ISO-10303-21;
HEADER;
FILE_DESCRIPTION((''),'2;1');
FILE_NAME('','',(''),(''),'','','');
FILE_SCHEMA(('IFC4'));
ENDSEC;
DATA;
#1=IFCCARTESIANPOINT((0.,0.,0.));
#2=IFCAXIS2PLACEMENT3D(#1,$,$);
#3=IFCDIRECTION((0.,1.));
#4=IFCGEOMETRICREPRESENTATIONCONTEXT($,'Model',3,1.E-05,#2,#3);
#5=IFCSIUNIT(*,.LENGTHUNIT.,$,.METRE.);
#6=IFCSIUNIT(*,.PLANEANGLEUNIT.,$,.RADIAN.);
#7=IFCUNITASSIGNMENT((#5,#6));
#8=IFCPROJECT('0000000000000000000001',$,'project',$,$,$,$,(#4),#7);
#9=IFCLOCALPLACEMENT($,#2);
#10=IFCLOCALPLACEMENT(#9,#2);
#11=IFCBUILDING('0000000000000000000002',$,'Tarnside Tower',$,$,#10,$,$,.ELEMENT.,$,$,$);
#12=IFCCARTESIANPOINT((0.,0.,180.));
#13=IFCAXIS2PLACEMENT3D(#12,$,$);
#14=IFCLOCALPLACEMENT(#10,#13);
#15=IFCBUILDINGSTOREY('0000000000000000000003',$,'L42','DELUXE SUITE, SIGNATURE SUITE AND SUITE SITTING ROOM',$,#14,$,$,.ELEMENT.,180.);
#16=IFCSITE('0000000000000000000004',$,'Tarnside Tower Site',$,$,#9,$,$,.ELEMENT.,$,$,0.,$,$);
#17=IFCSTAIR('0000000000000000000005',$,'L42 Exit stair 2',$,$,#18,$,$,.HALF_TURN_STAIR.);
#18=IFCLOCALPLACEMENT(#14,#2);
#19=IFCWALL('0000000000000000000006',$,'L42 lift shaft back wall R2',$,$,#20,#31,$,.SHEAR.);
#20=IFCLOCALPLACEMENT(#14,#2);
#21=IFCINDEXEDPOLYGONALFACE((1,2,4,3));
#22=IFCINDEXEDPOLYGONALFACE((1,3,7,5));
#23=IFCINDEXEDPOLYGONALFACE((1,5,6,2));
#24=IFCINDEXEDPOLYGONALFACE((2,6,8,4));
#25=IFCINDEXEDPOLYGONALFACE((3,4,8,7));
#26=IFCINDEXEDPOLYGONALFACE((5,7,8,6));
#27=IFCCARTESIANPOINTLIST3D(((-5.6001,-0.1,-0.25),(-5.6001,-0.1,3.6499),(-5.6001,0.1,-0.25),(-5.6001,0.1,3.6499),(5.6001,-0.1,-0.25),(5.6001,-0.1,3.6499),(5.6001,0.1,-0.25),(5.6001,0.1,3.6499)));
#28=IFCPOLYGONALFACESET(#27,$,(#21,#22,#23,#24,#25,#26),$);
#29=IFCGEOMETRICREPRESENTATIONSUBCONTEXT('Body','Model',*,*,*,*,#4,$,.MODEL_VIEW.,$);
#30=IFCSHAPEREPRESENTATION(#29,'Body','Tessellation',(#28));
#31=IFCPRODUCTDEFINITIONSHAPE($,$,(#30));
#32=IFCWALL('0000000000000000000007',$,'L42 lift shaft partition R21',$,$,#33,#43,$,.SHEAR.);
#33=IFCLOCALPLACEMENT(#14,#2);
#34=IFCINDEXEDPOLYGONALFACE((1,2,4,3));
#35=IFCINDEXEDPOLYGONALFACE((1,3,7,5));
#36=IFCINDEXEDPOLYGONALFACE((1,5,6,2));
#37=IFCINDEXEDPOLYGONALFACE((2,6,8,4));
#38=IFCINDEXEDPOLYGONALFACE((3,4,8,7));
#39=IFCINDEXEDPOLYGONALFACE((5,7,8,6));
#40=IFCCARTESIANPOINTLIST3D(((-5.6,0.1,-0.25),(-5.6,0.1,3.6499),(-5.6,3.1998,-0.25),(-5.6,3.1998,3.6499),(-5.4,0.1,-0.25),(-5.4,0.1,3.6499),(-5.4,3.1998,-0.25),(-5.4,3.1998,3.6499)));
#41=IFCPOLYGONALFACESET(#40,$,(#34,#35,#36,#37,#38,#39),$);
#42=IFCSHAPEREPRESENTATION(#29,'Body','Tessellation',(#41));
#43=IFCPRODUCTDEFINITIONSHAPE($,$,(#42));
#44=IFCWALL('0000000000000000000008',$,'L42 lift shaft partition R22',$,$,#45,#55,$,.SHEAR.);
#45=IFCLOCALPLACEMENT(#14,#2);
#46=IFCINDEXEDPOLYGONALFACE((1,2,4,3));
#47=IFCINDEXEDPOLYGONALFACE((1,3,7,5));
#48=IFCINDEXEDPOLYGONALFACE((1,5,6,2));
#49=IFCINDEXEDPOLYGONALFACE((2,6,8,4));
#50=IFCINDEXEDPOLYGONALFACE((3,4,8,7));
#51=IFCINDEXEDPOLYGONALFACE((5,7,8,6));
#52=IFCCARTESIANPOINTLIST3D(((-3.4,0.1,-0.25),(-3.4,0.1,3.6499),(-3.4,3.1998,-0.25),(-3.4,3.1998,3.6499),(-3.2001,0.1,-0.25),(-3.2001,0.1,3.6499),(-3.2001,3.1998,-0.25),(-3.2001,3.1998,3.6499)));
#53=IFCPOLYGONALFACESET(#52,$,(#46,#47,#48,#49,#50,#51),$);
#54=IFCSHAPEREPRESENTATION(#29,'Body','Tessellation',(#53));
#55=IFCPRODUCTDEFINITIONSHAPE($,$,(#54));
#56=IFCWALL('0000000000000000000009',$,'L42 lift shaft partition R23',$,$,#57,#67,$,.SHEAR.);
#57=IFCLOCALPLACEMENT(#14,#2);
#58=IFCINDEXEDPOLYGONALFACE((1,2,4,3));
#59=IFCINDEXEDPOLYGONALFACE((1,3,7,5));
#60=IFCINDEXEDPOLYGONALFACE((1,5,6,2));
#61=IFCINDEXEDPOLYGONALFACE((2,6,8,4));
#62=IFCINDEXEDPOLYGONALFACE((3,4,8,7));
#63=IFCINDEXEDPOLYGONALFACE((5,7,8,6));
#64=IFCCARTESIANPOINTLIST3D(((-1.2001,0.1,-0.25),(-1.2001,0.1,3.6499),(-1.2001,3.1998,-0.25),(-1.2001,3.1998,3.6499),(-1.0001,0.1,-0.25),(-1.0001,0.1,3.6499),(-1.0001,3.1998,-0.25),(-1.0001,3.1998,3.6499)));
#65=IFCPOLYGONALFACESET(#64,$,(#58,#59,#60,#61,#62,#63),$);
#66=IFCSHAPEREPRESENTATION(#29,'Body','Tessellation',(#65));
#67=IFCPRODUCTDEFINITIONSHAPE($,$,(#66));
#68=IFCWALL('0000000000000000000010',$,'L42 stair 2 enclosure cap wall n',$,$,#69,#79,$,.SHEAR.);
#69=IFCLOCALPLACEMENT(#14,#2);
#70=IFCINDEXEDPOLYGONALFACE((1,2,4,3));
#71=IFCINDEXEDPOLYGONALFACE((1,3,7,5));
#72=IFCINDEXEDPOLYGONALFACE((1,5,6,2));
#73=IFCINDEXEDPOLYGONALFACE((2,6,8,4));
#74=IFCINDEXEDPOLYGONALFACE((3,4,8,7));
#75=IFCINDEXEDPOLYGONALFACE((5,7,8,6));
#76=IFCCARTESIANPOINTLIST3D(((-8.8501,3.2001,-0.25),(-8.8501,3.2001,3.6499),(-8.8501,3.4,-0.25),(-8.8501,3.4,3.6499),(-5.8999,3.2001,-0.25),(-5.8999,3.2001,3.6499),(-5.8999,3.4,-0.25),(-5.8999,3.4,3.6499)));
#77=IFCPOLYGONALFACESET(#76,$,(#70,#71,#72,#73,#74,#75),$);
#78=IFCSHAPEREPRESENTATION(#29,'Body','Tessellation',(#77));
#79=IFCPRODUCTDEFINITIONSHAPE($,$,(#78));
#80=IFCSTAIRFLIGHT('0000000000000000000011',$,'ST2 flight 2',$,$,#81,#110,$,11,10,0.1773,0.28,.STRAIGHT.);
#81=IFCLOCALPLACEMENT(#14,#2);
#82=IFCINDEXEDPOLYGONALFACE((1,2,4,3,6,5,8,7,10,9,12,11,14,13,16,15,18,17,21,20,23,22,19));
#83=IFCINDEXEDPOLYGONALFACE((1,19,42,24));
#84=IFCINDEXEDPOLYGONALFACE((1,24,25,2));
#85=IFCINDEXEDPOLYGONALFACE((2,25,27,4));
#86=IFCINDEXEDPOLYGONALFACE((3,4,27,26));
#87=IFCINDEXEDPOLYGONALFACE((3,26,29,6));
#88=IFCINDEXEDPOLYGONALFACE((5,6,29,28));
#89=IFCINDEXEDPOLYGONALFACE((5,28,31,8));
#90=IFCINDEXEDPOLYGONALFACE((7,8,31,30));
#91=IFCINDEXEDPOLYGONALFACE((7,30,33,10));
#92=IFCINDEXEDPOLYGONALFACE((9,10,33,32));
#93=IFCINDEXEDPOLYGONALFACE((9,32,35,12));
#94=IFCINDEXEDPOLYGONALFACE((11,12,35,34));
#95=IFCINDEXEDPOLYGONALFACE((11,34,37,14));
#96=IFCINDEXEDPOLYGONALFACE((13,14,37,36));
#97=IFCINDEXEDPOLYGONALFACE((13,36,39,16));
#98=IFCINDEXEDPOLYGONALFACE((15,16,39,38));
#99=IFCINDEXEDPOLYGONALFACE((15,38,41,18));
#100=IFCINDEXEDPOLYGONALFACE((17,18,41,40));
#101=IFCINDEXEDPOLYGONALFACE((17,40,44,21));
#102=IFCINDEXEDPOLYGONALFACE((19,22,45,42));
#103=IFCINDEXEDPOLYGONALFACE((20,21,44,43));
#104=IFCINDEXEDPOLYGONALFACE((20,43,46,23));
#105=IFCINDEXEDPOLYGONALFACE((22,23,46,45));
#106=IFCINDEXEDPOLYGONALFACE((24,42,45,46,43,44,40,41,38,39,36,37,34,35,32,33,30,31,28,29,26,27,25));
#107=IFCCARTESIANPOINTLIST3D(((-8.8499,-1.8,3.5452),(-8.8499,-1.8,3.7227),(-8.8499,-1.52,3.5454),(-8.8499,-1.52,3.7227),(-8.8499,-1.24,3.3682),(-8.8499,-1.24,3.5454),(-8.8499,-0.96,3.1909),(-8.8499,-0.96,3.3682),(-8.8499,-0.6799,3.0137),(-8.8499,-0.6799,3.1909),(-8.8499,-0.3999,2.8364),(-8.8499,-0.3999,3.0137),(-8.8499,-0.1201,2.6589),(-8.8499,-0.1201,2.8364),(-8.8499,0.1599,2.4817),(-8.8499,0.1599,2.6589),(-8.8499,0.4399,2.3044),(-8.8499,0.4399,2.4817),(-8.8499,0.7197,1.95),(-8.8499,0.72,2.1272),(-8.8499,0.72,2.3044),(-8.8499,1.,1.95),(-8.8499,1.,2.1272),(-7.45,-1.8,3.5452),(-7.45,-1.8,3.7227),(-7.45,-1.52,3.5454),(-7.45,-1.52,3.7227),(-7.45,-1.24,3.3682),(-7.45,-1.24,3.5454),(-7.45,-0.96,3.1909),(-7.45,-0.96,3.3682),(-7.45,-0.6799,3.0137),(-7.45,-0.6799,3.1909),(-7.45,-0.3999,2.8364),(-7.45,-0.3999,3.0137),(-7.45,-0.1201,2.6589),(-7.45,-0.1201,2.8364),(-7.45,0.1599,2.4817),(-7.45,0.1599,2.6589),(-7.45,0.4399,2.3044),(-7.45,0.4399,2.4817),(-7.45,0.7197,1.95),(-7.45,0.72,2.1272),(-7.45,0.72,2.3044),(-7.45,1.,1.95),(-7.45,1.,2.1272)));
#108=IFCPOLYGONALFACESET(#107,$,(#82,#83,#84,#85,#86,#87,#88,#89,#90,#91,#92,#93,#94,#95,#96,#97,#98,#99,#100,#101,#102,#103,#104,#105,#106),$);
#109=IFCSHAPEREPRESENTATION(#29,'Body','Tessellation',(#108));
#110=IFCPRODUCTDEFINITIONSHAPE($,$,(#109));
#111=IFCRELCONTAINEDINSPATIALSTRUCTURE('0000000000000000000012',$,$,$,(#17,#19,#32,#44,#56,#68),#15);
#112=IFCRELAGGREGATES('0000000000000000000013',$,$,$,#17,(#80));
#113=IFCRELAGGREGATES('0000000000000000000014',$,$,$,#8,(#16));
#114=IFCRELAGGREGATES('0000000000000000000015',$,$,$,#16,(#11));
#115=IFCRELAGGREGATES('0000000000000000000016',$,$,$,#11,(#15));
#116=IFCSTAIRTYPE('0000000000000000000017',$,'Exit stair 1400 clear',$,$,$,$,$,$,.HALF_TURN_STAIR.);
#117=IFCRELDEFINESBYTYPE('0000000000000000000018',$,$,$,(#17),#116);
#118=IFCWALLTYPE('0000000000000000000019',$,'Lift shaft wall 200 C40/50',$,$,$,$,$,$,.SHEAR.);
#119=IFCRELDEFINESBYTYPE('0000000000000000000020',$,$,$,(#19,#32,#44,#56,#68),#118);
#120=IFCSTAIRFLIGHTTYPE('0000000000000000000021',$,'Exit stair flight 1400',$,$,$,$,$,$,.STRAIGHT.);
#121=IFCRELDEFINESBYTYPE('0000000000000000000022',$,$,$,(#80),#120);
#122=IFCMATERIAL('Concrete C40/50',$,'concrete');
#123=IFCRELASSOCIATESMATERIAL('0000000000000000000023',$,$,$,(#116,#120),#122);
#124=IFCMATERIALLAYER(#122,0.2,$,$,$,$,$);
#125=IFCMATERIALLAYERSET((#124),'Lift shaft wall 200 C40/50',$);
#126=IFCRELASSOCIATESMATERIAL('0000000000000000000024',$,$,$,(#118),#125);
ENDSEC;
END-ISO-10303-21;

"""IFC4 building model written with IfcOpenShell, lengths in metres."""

from ifc_helpers import new_model, si_unit, direction, frame, frame_2d, origin, place, context, subcontext, project, spatial, polyline, rectangle, outline, extrude, material, layer, layer_set, type_object, element, aggregate, save


model = new_model("IFC4")

# Units and contexts
model_context = context("Model", 3, precision=1e-05, world=origin(), true_north=direction((0.0, 1.0)))
body_context = subcontext(model_context, "Body", "Model", "MODEL_VIEW")
ifc_project = project(units=[si_unit("LENGTHUNIT", "METRE"), si_unit("PLANEANGLEUNIT", "RADIAN")], contexts=[model_context])

# Site, building, storey
site_placement = place(None, origin())
site = spatial("IfcSite", under=ifc_project, at=site_placement, Name="Tarnside Tower Site", CompositionType="ELEMENT", RefElevation=0.0)
building_placement = place(site_placement, origin())
building = spatial("IfcBuilding", under=site, at=building_placement, Name="Tarnside Tower", CompositionType="ELEMENT")
storey_placement = place(building_placement, frame((0.0, 0.0, 180.0)))
storey = spatial("IfcBuildingStorey", under=building, at=storey_placement, Name="L42", Description="DELUXE SUITE, SIGNATURE SUITE AND SUITE SITTING ROOM", CompositionType="ELEMENT", Elevation=180.0)

# Shared definitions
ifc_material_1 = material(Name="Concrete C40/50", Category="concrete")

# Stair
stair_type = type_object("IfcStairType", Name="Exit stair 1400 clear", PredefinedType="HALF_TURN_STAIR", material=ifc_material_1)
stair_1_placement = place(storey_placement, origin())
stair_1 = element("IfcStair", 1, at=stair_1_placement, inside=storey, type_object=stair_type, Name="L42 Exit stair 2", PredefinedType="HALF_TURN_STAIR")

# Walls
ifc_layer_1 = layer(ifc_material_1, 0.2)
ifc_layer_set_1 = layer_set([ifc_layer_1], Name="Lift shaft wall 200 C40/50")
wall_type = type_object("IfcWallType", Name="Lift shaft wall 200 C40/50", PredefinedType="SHEAR", material=ifc_layer_set_1)
wall_1_placement = place(storey_placement, frame((-5.6001, 0.0, -0.25), z_axis=(0.0, 0.0, 1.0), x_axis=(1.0, 0.0, 0.0)))
element("IfcWall", 2, at=wall_1_placement, inside=storey, type_object=wall_type, Name="L42 lift shaft back wall R2", PredefinedType="SHEAR", context=body_context, shape_type="SweptSolid", body=[
    extrude(rectangle(XDim=11.2002, YDim=0.2, at=frame_2d((5.6001, 0.0))), origin(), (0.0, 0.0, 1.0), 3.8999),
])
for number, where, z_axis, x_axis, name in (
    (3, (-5.5, 0.1001, -0.25), (0.0, 0.0, 1.0), (0.0, 1.0, 0.0), "L42 lift shaft partition R21"),
    (4, (-3.3, 0.1001, -0.25), (0.0, 0.0, 1.0), (0.0, 1.0, 0.0), "L42 lift shaft partition R22"),
    (5, (-1.1001, 0.1001, -0.25), (0.0, 0.0, 1.0), (0.0, 1.0, 0.0), "L42 lift shaft partition R23"),
):
    element("IfcWall", number, at=place(storey_placement, frame(where, z_axis=z_axis, x_axis=x_axis)), inside=storey, type_object=wall_type, Name=name, PredefinedType="SHEAR", context=body_context, shape_type="SweptSolid", body=[
        extrude(rectangle(XDim=3.0999, YDim=0.2, at=frame_2d((1.5498, 0.0))), origin(), (0.0, 0.0, 1.0), 3.8999),
    ])
wall_2_placement = place(storey_placement, frame((-8.8501, 3.3, -0.25), z_axis=(0.0, 0.0, 1.0), x_axis=(1.0, 0.0, 0.0)))
element("IfcWall", 6, at=wall_2_placement, inside=storey, type_object=wall_type, Name="L42 stair 2 enclosure cap wall n", PredefinedType="SHEAR", context=body_context, shape_type="SweptSolid", body=[
    extrude(rectangle(XDim=2.9502, YDim=0.2, at=frame_2d((1.4751, 0.0))), origin(), (0.0, 0.0, 1.0), 3.8999),
])

# Stair flight
stair_flight_type = type_object("IfcStairFlightType", Name="Exit stair flight 1400", PredefinedType="STRAIGHT", material=ifc_material_1)
stair_flight_placement = place(storey_placement, frame((-8.1499, 1.0, 1.95), z_axis=(0.0, 0.0, 1.0), x_axis=(0.0, -1.0, 0.0)))
stair_flight = element("IfcStairFlight", 7, at=stair_flight_placement, type_object=stair_flight_type, Name="ST2 flight 2", NumberOfRisers=11, NumberOfTreads=10, PredefinedType="STRAIGHT", RiserHeight=0.1773, TreadLength=0.28, context=body_context, shape_type="SweptSolid", body=[
    extrude(outline(polyline([(0.0, 0.0), (0.0, 0.1772), (0.28, 0.1772), (0.28, 0.3545), (0.5601, 0.3545), (0.5601, 0.5317), (0.8401, 0.5317), (0.8401, 0.709), (1.1201, 0.709), (1.1201, 0.8865), (1.3999, 0.8865), (1.3999, 1.0637), (1.6799, 1.0637), (1.6799, 1.241), (1.96, 1.241), (1.96, 1.4182), (2.24, 1.4182), (2.24, 1.5955), (2.52, 1.5955), (2.52, 1.7727), (2.8, 1.7727), (2.8, 1.95), (2.8, 1.5952), (0.2803, 0.0), (0.0, 0.0)])), frame((0.0, 0.7, 0.0), z_axis=(0.0, -1.0, 0.0), x_axis=(1.0, 0.0, 0.0)), (0.0, 0.0, 1.0), 1.3999),
])
aggregate(stair_1, [stair_flight])

save(model, "model.ifc")
